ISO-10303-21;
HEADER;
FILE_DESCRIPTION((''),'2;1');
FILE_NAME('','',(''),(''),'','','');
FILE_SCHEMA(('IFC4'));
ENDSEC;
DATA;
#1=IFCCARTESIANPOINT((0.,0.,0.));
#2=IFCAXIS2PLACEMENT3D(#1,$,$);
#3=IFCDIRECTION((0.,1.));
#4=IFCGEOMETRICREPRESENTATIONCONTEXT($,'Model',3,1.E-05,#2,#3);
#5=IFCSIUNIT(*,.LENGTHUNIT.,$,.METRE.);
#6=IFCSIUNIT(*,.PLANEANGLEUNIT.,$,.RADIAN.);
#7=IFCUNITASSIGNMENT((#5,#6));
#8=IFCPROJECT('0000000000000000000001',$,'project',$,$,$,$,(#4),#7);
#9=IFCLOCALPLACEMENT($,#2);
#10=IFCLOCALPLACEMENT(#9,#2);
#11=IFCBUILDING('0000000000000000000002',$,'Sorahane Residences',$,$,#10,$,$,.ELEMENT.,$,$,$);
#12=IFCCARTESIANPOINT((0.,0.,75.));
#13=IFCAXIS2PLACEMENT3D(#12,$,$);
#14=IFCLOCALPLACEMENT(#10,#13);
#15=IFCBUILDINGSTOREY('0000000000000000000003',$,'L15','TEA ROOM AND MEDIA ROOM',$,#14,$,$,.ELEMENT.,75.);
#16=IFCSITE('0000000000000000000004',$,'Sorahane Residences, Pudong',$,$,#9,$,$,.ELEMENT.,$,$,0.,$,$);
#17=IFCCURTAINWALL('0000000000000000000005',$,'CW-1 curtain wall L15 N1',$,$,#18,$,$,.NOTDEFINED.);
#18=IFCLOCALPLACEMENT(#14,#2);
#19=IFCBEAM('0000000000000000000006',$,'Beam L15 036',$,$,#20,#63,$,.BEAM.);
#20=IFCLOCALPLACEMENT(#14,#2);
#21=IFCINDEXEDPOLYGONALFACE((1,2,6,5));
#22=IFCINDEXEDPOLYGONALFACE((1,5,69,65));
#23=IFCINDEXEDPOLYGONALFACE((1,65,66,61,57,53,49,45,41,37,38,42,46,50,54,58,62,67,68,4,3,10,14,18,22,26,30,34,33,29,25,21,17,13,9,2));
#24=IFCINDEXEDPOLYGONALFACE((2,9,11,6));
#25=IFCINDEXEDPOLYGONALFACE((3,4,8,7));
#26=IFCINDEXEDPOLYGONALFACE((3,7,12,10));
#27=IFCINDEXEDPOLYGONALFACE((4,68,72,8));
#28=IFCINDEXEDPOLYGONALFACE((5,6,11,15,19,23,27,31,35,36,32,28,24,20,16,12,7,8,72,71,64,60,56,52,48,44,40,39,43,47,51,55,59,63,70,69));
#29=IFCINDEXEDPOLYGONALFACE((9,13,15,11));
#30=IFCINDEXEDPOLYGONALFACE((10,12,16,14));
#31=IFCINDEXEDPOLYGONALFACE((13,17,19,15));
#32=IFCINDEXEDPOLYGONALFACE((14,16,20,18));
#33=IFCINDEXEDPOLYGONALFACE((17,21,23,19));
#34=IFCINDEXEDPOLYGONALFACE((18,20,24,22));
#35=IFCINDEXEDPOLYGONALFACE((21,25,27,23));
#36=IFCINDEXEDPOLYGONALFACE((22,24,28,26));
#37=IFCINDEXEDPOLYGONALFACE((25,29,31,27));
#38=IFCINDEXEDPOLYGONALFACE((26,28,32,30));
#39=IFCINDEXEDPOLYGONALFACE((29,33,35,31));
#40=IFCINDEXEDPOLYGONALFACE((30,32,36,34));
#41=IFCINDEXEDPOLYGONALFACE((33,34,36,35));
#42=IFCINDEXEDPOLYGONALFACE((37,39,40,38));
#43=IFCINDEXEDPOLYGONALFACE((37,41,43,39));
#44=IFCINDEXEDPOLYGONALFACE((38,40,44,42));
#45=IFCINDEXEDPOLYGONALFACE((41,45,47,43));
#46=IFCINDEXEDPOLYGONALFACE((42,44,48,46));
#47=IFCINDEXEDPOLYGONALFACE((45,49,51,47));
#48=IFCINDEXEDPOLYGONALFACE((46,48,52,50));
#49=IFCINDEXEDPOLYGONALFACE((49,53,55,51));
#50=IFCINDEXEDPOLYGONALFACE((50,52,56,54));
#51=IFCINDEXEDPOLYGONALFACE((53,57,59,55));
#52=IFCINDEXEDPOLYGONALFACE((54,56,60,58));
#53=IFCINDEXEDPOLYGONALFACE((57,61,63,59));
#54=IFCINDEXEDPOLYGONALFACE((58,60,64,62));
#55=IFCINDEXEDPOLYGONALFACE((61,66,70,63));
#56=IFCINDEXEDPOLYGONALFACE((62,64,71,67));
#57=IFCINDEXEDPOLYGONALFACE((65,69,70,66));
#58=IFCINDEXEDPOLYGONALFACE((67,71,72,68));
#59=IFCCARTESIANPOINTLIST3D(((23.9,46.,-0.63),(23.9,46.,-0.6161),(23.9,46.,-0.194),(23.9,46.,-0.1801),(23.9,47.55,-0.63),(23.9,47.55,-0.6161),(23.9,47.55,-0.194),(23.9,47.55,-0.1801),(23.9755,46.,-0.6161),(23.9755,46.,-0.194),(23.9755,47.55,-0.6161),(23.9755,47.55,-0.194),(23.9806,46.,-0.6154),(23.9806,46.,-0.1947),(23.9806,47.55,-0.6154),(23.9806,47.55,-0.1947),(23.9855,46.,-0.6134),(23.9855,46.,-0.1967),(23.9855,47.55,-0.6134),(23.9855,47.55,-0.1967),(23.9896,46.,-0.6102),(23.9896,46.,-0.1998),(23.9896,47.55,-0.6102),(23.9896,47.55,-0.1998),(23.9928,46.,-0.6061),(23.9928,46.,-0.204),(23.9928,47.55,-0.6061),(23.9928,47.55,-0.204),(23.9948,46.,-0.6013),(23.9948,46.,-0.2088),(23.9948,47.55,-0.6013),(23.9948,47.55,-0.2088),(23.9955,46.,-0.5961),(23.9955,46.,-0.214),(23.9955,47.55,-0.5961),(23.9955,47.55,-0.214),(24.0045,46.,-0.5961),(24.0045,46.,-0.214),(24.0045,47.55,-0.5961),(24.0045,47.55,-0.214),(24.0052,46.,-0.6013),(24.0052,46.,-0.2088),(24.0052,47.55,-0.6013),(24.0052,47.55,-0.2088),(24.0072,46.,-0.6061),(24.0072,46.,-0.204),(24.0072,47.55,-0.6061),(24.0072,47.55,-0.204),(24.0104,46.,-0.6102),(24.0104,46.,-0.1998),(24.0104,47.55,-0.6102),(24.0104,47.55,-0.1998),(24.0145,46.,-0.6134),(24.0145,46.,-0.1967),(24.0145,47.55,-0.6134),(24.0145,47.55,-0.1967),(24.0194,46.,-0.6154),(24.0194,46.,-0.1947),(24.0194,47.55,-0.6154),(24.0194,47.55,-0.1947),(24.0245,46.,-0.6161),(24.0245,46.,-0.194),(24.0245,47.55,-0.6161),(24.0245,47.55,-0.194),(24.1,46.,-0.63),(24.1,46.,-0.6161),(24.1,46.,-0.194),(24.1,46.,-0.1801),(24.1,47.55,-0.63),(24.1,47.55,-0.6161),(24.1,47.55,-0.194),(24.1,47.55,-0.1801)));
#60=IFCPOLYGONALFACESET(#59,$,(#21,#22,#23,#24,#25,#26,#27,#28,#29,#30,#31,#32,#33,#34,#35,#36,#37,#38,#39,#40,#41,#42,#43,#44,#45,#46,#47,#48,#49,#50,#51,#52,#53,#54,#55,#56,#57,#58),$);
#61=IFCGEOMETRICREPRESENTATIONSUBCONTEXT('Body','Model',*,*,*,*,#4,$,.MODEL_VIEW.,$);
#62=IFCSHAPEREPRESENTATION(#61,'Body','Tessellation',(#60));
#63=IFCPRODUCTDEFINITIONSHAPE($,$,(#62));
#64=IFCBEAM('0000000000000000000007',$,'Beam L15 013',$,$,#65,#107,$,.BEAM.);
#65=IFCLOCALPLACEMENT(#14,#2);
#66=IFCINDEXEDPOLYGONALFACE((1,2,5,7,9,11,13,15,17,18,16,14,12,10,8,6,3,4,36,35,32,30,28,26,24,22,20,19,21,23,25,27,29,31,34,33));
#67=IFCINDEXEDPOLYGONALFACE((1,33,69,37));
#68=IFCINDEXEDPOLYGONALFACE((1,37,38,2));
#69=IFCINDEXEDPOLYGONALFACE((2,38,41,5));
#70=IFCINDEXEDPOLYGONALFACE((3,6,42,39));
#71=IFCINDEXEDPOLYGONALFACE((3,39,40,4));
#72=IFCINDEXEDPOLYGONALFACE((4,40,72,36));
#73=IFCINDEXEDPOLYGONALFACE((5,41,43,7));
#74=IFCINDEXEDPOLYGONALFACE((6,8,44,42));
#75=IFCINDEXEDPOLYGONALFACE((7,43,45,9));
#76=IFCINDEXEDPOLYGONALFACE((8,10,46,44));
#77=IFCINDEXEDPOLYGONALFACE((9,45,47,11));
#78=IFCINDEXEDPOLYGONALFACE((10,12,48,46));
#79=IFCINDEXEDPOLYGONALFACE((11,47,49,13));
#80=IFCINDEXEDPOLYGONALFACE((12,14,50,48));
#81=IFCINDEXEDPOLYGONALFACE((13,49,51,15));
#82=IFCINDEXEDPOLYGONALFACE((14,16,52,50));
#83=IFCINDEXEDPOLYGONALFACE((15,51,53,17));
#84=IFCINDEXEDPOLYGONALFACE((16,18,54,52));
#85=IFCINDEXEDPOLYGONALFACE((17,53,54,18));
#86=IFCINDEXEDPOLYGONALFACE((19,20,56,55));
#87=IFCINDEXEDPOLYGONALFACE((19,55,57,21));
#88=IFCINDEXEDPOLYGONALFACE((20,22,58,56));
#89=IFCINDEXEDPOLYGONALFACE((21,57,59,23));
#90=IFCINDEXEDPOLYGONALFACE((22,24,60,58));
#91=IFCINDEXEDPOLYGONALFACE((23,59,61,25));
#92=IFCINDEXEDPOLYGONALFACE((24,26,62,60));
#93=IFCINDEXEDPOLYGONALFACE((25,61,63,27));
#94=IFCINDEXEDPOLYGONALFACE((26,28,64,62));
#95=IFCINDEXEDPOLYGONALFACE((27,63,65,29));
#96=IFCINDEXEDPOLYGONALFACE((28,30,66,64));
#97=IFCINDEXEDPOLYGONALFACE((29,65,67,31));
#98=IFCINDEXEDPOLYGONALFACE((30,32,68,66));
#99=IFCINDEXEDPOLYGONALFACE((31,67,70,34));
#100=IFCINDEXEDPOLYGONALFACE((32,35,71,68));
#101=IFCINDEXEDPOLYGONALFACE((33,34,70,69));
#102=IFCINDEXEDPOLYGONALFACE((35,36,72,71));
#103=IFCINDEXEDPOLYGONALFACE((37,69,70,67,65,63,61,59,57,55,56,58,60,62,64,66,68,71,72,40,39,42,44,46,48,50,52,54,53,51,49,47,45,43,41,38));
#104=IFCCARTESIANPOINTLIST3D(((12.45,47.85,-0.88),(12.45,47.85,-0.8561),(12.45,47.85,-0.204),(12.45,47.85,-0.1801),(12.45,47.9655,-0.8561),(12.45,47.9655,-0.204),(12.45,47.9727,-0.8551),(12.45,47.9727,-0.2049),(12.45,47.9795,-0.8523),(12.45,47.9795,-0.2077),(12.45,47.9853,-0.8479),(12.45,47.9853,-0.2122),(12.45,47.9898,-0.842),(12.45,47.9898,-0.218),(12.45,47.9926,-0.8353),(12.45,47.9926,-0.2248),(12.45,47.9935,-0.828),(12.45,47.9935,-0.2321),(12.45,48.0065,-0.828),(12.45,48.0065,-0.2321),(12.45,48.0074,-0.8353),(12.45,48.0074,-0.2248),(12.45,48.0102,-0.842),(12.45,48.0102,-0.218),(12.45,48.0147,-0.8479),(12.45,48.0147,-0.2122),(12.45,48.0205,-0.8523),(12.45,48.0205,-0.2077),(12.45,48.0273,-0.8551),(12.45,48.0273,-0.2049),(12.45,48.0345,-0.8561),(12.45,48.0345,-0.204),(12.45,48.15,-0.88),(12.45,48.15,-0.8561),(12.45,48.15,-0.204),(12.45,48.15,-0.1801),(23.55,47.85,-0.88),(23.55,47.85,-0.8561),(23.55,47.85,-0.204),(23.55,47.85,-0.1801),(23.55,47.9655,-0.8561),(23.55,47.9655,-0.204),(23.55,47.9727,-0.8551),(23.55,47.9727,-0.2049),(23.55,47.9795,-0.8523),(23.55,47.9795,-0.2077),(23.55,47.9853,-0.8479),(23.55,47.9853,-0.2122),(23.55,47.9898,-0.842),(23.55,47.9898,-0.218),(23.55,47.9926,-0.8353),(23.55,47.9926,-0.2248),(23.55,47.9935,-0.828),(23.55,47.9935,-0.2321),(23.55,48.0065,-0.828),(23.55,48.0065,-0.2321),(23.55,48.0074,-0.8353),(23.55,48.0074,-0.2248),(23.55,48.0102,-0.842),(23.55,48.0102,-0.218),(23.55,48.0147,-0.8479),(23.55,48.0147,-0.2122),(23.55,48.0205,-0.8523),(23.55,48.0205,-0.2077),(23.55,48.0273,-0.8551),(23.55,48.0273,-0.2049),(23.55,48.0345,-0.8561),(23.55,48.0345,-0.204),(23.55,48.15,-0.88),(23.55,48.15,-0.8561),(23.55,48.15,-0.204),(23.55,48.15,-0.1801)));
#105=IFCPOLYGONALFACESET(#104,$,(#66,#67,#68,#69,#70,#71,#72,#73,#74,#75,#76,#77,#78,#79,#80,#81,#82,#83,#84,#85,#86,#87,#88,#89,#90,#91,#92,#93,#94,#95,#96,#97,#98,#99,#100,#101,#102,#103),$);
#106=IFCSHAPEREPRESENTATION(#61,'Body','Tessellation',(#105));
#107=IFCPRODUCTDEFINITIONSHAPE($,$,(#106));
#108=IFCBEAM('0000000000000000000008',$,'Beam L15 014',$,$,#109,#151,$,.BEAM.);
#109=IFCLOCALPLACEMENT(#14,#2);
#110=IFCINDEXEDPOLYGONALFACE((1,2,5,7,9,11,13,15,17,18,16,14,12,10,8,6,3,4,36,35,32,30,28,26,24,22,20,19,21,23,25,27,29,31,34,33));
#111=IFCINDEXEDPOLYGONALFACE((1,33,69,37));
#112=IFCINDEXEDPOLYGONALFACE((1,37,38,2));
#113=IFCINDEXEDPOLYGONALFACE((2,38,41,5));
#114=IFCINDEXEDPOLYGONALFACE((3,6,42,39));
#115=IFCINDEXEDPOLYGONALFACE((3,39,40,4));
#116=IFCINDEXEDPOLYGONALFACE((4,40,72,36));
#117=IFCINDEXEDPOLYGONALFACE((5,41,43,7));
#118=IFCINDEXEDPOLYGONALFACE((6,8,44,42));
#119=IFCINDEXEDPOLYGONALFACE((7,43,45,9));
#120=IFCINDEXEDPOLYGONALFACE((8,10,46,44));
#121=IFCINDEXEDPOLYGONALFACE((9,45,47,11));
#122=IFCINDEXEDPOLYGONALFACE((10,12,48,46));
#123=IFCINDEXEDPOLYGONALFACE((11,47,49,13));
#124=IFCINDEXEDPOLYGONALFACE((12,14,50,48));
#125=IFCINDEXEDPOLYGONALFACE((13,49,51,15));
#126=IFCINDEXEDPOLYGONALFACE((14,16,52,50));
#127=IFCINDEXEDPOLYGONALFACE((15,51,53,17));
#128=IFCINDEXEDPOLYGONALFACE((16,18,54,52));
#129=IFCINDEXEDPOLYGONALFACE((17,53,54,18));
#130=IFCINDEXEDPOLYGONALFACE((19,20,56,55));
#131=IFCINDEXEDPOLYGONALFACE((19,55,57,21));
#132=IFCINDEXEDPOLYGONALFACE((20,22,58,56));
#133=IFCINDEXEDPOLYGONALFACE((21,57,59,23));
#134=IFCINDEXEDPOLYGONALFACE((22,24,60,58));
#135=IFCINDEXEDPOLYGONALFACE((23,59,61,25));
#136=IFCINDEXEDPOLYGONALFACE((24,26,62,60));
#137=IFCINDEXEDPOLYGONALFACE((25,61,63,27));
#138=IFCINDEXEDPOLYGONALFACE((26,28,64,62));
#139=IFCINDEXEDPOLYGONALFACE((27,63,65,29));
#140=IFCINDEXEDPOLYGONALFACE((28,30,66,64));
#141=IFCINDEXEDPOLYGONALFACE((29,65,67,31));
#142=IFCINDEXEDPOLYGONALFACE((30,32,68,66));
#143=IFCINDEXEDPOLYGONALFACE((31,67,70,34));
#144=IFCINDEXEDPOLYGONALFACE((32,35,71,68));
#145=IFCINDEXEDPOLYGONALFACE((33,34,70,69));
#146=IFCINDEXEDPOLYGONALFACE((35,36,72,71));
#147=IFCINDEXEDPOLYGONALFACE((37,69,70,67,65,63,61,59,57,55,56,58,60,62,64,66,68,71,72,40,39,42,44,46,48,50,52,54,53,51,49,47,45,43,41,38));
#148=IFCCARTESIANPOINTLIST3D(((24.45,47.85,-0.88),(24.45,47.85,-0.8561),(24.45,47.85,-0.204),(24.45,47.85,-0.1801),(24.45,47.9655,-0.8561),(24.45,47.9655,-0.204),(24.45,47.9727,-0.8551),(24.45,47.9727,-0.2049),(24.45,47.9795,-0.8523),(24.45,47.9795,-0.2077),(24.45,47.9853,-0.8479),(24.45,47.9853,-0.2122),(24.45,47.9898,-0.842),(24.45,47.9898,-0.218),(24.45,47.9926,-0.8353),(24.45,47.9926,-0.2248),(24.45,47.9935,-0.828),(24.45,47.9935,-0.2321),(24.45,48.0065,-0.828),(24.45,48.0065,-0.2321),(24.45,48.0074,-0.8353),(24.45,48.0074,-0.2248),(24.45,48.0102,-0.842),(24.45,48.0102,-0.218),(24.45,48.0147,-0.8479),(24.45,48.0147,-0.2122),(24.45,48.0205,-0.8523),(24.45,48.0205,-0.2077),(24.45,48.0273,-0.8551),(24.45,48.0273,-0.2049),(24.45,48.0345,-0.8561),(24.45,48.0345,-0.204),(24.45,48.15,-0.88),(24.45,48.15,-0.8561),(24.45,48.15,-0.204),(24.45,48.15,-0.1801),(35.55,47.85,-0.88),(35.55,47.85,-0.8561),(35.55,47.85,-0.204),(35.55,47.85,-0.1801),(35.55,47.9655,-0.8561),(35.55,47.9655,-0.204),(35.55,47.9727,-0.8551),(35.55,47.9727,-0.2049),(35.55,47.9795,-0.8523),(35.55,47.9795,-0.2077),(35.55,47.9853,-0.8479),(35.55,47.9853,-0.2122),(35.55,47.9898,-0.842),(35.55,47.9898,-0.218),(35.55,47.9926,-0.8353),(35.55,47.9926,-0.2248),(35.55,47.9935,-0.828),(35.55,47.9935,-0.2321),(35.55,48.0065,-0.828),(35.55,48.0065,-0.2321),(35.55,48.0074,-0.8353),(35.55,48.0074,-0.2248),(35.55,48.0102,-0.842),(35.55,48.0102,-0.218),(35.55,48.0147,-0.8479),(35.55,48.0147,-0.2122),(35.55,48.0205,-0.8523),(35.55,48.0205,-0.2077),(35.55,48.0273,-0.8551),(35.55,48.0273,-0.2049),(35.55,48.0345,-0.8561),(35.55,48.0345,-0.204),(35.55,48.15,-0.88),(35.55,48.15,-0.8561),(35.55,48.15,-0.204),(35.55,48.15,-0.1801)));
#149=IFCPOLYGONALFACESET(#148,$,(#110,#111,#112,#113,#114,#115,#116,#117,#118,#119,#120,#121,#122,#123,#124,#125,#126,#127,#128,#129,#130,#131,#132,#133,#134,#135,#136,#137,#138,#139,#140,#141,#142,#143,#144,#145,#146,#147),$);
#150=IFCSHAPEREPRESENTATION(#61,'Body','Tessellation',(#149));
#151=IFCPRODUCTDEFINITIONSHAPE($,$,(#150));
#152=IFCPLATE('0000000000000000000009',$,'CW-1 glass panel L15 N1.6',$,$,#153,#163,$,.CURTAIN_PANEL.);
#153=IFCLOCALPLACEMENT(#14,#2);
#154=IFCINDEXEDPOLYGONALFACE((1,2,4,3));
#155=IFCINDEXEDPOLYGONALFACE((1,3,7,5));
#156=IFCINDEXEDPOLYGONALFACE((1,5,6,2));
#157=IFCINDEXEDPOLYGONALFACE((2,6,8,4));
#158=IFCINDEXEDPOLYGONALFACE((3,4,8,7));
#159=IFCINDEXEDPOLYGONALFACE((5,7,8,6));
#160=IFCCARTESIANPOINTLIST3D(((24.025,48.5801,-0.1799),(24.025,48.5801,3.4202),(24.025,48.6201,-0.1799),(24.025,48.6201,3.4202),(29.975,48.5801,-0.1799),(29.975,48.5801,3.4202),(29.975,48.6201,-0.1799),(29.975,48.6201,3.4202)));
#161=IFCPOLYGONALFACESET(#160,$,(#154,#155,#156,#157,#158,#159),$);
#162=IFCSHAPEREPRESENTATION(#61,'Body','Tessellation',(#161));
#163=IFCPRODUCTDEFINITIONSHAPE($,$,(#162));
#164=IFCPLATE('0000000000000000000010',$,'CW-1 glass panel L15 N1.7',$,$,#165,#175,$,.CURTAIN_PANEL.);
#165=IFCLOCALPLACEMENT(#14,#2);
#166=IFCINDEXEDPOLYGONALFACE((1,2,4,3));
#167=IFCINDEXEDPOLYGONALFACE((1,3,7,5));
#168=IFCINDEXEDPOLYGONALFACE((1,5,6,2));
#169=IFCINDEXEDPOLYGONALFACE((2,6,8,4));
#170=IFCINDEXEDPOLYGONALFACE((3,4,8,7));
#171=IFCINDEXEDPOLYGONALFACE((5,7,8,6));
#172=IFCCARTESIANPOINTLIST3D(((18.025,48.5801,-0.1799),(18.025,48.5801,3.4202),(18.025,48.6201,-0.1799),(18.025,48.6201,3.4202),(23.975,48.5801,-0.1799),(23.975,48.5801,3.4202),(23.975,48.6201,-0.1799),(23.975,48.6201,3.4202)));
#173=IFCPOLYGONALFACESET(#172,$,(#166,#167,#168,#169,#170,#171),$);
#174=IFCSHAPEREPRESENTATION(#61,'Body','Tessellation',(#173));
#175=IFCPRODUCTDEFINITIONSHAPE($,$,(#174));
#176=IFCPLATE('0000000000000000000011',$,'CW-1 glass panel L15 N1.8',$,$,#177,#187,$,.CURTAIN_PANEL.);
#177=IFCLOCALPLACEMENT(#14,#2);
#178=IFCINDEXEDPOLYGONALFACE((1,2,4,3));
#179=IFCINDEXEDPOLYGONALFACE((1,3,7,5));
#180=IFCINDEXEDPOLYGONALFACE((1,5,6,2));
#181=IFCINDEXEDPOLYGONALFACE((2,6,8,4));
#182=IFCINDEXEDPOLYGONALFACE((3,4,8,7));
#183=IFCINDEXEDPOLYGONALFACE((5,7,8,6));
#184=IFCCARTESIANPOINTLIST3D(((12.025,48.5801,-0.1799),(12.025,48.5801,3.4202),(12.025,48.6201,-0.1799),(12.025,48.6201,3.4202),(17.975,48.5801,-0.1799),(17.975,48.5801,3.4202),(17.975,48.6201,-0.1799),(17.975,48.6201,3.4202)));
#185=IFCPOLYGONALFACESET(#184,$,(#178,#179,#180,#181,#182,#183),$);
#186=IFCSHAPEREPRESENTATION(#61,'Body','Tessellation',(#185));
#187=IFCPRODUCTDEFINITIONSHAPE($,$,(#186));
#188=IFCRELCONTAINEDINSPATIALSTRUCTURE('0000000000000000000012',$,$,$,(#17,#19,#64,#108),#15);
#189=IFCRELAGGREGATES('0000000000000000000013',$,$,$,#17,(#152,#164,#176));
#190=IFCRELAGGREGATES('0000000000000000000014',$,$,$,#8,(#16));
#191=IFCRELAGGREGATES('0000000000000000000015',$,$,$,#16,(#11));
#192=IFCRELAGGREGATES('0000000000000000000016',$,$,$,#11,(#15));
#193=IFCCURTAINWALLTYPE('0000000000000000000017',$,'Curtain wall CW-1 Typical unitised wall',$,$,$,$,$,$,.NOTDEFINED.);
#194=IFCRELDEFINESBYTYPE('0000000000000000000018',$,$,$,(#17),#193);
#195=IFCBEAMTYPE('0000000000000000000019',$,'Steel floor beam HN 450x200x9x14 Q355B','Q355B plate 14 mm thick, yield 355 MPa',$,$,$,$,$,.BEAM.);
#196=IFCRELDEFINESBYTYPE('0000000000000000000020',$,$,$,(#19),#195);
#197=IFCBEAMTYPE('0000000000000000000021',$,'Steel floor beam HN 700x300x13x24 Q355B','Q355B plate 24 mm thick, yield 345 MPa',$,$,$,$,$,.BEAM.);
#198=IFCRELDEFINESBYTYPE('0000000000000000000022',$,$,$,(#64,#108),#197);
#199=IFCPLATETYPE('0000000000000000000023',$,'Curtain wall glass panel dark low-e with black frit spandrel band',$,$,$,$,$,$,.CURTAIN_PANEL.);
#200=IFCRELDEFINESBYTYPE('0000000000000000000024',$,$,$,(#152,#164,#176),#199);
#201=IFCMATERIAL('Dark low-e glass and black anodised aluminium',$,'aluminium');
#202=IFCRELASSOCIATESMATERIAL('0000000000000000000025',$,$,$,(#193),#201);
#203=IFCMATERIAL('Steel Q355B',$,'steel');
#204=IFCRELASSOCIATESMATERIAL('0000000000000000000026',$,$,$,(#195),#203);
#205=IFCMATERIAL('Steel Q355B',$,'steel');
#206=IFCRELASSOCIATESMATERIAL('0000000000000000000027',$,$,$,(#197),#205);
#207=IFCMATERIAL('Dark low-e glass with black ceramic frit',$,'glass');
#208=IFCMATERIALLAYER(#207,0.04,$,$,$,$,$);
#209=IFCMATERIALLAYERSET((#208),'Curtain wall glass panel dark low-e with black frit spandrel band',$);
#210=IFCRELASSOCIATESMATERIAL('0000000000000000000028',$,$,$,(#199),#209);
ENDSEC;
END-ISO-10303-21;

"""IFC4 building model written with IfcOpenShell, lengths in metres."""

from ifc_helpers import new_model, si_unit, direction, frame, origin, origin_2d, place, context, subcontext, project, spatial, rectangle, i_section, extrude, material, layer, layer_set, material_profile, profile_set, type_object, element, aggregate, save


model = new_model("IFC4")

# Units and contexts
model_context = context("Model", 3, precision=1e-05, world=origin(), true_north=direction((0.0, 1.0)))
body_context = subcontext(model_context, "Body", "Model", "MODEL_VIEW")
ifc_project = project(units=[si_unit("LENGTHUNIT", "METRE"), si_unit("PLANEANGLEUNIT", "RADIAN")], contexts=[model_context])

# Site, building, storey
site_placement = place(None, origin())
site = spatial("IfcSite", under=ifc_project, at=site_placement, Name="Sorahane Residences, Pudong", CompositionType="ELEMENT", RefElevation=0.0)
building_placement = place(site_placement, origin())
building = spatial("IfcBuilding", under=site, at=building_placement, Name="Sorahane Residences", CompositionType="ELEMENT")
storey_placement = place(building_placement, frame((0.0, 0.0, 75.0)))
storey = spatial("IfcBuildingStorey", under=building, at=storey_placement, Name="L15", Description="TEA ROOM AND MEDIA ROOM", CompositionType="ELEMENT", Elevation=75.0)

# Curtain wall
ifc_material_1 = material(Name="Dark low-e glass and black anodised aluminium", Category="aluminium")
curtain_wall_type = type_object("IfcCurtainWallType", Name="Curtain wall CW-1 Typical unitised wall", PredefinedType="NOTDEFINED", material=ifc_material_1)
curtain_wall_placement = place(storey_placement, origin())
curtain_wall = element("IfcCurtainWall", 1, at=curtain_wall_placement, inside=storey, type_object=curtain_wall_type, Name="CW-1 curtain wall L15 N1", PredefinedType="NOTDEFINED")

# Beams
ifc_material_2 = material(Name="Steel Q355B", Category="steel")
ifc_material_profile_1 = material_profile(ifc_material_2, i_section(OverallWidth=0.2, OverallDepth=0.45, WebThickness=0.009, FlangeThickness=0.0139, FilletRadius=0.02, at=origin_2d()), Name="HN 450x200x9x14")
ifc_profile_set_1 = profile_set([ifc_material_profile_1], Name="Steel Q355B")
beam_type_1 = type_object("IfcBeamType", Name="Steel floor beam HN 450x200x9x14 Q355B", Description="Q355B plate 14 mm thick, yield 355 MPa", PredefinedType="BEAM", material=ifc_profile_set_1)
beam_1_placement = place(storey_placement, frame((24.0, 46.0, -0.405), z_axis=(0.0, 1.0, 0.0), x_axis=(-1.0, 0.0, 0.0)))
element("IfcBeam", 2, at=beam_1_placement, inside=storey, type_object=beam_type_1, Name="Beam L15 036", PredefinedType="BEAM", context=body_context, shape_type="SweptSolid", body=[
    extrude(i_section(OverallWidth=0.2, OverallDepth=0.45, WebThickness=0.009, FlangeThickness=0.0139, FilletRadius=0.02, at=origin_2d()), origin(), (0.0, 0.0, 1.0), 1.55),
])
ifc_material_3 = material(Name="Steel Q355B", Category="steel")
ifc_material_profile_2 = material_profile(ifc_material_3, i_section(OverallWidth=0.3, OverallDepth=0.7, WebThickness=0.0129, FlangeThickness=0.0239, FilletRadius=0.0281, at=origin_2d()), Name="HN 700x300x13x24")
ifc_profile_set_2 = profile_set([ifc_material_profile_2], Name="Steel Q355B")
beam_type_2 = type_object("IfcBeamType", Name="Steel floor beam HN 700x300x13x24 Q355B", Description="Q355B plate 24 mm thick, yield 345 MPa", PredefinedType="BEAM", material=ifc_profile_set_2)
for number, where, z_axis, x_axis, name in (
    (3, (12.45, 48.0, -0.53), (1.0, 0.0, 0.0), (0.0, 1.0, 0.0), "Beam L15 013"),
    (4, (24.45, 48.0, -0.53), (1.0, 0.0, 0.0), (0.0, 1.0, 0.0), "Beam L15 014"),
):
    element("IfcBeam", number, at=place(storey_placement, frame(where, z_axis=z_axis, x_axis=x_axis)), inside=storey, type_object=beam_type_2, Name=name, PredefinedType="BEAM", context=body_context, shape_type="SweptSolid", body=[
        extrude(i_section(OverallWidth=0.3, OverallDepth=0.7, WebThickness=0.0129, FlangeThickness=0.0239, FilletRadius=0.0281, at=origin_2d()), origin(), (0.0, 0.0, 1.0), 11.1001),
    ])

# Plates
ifc_material_4 = material(Name="Dark low-e glass with black ceramic frit", Category="glass")
ifc_layer_1 = layer(ifc_material_4, 0.04)
ifc_layer_set_1 = layer_set([ifc_layer_1], Name="Curtain wall glass panel dark low-e with black frit spandrel band")
plate_type = type_object("IfcPlateType", Name="Curtain wall glass panel dark low-e with black frit spandrel band", PredefinedType="CURTAIN_PANEL", material=ifc_layer_set_1)
plate_1_placement = place(storey_placement, frame((27.0, 48.6001, -0.1799), z_axis=(0.0, 0.0, 1.0), x_axis=(-1.0, 0.0, 0.0)))
plate_1 = element("IfcPlate", 5, at=plate_1_placement, type_object=plate_type, Name="CW-1 glass panel L15 N1.6", PredefinedType="CURTAIN_PANEL", context=body_context, shape_type="SweptSolid", body=[
    extrude(rectangle(XDim=5.95, YDim=0.04, at=origin_2d()), origin(), (0.0, 0.0, 1.0), 3.6001),
])
plate_2_placement = place(storey_placement, frame((21.0, 48.6001, -0.1799), z_axis=(0.0, 0.0, 1.0), x_axis=(-1.0, 0.0, 0.0)))
plate_2 = element("IfcPlate", 6, at=plate_2_placement, type_object=plate_type, Name="CW-1 glass panel L15 N1.7", PredefinedType="CURTAIN_PANEL", context=body_context, shape_type="SweptSolid", body=[
    extrude(rectangle(XDim=5.95, YDim=0.04, at=origin_2d()), origin(), (0.0, 0.0, 1.0), 3.6001),
])
plate_3_placement = place(storey_placement, frame((15.0, 48.6001, -0.1799), z_axis=(0.0, 0.0, 1.0), x_axis=(-1.0, 0.0, 0.0)))
plate_3 = element("IfcPlate", 7, at=plate_3_placement, type_object=plate_type, Name="CW-1 glass panel L15 N1.8", PredefinedType="CURTAIN_PANEL", context=body_context, shape_type="SweptSolid", body=[
    extrude(rectangle(XDim=5.95, YDim=0.04, at=origin_2d()), origin(), (0.0, 0.0, 1.0), 3.6001),
])
aggregate(curtain_wall, [plate_1, plate_2, plate_3])

save(model, "model.ifc")
